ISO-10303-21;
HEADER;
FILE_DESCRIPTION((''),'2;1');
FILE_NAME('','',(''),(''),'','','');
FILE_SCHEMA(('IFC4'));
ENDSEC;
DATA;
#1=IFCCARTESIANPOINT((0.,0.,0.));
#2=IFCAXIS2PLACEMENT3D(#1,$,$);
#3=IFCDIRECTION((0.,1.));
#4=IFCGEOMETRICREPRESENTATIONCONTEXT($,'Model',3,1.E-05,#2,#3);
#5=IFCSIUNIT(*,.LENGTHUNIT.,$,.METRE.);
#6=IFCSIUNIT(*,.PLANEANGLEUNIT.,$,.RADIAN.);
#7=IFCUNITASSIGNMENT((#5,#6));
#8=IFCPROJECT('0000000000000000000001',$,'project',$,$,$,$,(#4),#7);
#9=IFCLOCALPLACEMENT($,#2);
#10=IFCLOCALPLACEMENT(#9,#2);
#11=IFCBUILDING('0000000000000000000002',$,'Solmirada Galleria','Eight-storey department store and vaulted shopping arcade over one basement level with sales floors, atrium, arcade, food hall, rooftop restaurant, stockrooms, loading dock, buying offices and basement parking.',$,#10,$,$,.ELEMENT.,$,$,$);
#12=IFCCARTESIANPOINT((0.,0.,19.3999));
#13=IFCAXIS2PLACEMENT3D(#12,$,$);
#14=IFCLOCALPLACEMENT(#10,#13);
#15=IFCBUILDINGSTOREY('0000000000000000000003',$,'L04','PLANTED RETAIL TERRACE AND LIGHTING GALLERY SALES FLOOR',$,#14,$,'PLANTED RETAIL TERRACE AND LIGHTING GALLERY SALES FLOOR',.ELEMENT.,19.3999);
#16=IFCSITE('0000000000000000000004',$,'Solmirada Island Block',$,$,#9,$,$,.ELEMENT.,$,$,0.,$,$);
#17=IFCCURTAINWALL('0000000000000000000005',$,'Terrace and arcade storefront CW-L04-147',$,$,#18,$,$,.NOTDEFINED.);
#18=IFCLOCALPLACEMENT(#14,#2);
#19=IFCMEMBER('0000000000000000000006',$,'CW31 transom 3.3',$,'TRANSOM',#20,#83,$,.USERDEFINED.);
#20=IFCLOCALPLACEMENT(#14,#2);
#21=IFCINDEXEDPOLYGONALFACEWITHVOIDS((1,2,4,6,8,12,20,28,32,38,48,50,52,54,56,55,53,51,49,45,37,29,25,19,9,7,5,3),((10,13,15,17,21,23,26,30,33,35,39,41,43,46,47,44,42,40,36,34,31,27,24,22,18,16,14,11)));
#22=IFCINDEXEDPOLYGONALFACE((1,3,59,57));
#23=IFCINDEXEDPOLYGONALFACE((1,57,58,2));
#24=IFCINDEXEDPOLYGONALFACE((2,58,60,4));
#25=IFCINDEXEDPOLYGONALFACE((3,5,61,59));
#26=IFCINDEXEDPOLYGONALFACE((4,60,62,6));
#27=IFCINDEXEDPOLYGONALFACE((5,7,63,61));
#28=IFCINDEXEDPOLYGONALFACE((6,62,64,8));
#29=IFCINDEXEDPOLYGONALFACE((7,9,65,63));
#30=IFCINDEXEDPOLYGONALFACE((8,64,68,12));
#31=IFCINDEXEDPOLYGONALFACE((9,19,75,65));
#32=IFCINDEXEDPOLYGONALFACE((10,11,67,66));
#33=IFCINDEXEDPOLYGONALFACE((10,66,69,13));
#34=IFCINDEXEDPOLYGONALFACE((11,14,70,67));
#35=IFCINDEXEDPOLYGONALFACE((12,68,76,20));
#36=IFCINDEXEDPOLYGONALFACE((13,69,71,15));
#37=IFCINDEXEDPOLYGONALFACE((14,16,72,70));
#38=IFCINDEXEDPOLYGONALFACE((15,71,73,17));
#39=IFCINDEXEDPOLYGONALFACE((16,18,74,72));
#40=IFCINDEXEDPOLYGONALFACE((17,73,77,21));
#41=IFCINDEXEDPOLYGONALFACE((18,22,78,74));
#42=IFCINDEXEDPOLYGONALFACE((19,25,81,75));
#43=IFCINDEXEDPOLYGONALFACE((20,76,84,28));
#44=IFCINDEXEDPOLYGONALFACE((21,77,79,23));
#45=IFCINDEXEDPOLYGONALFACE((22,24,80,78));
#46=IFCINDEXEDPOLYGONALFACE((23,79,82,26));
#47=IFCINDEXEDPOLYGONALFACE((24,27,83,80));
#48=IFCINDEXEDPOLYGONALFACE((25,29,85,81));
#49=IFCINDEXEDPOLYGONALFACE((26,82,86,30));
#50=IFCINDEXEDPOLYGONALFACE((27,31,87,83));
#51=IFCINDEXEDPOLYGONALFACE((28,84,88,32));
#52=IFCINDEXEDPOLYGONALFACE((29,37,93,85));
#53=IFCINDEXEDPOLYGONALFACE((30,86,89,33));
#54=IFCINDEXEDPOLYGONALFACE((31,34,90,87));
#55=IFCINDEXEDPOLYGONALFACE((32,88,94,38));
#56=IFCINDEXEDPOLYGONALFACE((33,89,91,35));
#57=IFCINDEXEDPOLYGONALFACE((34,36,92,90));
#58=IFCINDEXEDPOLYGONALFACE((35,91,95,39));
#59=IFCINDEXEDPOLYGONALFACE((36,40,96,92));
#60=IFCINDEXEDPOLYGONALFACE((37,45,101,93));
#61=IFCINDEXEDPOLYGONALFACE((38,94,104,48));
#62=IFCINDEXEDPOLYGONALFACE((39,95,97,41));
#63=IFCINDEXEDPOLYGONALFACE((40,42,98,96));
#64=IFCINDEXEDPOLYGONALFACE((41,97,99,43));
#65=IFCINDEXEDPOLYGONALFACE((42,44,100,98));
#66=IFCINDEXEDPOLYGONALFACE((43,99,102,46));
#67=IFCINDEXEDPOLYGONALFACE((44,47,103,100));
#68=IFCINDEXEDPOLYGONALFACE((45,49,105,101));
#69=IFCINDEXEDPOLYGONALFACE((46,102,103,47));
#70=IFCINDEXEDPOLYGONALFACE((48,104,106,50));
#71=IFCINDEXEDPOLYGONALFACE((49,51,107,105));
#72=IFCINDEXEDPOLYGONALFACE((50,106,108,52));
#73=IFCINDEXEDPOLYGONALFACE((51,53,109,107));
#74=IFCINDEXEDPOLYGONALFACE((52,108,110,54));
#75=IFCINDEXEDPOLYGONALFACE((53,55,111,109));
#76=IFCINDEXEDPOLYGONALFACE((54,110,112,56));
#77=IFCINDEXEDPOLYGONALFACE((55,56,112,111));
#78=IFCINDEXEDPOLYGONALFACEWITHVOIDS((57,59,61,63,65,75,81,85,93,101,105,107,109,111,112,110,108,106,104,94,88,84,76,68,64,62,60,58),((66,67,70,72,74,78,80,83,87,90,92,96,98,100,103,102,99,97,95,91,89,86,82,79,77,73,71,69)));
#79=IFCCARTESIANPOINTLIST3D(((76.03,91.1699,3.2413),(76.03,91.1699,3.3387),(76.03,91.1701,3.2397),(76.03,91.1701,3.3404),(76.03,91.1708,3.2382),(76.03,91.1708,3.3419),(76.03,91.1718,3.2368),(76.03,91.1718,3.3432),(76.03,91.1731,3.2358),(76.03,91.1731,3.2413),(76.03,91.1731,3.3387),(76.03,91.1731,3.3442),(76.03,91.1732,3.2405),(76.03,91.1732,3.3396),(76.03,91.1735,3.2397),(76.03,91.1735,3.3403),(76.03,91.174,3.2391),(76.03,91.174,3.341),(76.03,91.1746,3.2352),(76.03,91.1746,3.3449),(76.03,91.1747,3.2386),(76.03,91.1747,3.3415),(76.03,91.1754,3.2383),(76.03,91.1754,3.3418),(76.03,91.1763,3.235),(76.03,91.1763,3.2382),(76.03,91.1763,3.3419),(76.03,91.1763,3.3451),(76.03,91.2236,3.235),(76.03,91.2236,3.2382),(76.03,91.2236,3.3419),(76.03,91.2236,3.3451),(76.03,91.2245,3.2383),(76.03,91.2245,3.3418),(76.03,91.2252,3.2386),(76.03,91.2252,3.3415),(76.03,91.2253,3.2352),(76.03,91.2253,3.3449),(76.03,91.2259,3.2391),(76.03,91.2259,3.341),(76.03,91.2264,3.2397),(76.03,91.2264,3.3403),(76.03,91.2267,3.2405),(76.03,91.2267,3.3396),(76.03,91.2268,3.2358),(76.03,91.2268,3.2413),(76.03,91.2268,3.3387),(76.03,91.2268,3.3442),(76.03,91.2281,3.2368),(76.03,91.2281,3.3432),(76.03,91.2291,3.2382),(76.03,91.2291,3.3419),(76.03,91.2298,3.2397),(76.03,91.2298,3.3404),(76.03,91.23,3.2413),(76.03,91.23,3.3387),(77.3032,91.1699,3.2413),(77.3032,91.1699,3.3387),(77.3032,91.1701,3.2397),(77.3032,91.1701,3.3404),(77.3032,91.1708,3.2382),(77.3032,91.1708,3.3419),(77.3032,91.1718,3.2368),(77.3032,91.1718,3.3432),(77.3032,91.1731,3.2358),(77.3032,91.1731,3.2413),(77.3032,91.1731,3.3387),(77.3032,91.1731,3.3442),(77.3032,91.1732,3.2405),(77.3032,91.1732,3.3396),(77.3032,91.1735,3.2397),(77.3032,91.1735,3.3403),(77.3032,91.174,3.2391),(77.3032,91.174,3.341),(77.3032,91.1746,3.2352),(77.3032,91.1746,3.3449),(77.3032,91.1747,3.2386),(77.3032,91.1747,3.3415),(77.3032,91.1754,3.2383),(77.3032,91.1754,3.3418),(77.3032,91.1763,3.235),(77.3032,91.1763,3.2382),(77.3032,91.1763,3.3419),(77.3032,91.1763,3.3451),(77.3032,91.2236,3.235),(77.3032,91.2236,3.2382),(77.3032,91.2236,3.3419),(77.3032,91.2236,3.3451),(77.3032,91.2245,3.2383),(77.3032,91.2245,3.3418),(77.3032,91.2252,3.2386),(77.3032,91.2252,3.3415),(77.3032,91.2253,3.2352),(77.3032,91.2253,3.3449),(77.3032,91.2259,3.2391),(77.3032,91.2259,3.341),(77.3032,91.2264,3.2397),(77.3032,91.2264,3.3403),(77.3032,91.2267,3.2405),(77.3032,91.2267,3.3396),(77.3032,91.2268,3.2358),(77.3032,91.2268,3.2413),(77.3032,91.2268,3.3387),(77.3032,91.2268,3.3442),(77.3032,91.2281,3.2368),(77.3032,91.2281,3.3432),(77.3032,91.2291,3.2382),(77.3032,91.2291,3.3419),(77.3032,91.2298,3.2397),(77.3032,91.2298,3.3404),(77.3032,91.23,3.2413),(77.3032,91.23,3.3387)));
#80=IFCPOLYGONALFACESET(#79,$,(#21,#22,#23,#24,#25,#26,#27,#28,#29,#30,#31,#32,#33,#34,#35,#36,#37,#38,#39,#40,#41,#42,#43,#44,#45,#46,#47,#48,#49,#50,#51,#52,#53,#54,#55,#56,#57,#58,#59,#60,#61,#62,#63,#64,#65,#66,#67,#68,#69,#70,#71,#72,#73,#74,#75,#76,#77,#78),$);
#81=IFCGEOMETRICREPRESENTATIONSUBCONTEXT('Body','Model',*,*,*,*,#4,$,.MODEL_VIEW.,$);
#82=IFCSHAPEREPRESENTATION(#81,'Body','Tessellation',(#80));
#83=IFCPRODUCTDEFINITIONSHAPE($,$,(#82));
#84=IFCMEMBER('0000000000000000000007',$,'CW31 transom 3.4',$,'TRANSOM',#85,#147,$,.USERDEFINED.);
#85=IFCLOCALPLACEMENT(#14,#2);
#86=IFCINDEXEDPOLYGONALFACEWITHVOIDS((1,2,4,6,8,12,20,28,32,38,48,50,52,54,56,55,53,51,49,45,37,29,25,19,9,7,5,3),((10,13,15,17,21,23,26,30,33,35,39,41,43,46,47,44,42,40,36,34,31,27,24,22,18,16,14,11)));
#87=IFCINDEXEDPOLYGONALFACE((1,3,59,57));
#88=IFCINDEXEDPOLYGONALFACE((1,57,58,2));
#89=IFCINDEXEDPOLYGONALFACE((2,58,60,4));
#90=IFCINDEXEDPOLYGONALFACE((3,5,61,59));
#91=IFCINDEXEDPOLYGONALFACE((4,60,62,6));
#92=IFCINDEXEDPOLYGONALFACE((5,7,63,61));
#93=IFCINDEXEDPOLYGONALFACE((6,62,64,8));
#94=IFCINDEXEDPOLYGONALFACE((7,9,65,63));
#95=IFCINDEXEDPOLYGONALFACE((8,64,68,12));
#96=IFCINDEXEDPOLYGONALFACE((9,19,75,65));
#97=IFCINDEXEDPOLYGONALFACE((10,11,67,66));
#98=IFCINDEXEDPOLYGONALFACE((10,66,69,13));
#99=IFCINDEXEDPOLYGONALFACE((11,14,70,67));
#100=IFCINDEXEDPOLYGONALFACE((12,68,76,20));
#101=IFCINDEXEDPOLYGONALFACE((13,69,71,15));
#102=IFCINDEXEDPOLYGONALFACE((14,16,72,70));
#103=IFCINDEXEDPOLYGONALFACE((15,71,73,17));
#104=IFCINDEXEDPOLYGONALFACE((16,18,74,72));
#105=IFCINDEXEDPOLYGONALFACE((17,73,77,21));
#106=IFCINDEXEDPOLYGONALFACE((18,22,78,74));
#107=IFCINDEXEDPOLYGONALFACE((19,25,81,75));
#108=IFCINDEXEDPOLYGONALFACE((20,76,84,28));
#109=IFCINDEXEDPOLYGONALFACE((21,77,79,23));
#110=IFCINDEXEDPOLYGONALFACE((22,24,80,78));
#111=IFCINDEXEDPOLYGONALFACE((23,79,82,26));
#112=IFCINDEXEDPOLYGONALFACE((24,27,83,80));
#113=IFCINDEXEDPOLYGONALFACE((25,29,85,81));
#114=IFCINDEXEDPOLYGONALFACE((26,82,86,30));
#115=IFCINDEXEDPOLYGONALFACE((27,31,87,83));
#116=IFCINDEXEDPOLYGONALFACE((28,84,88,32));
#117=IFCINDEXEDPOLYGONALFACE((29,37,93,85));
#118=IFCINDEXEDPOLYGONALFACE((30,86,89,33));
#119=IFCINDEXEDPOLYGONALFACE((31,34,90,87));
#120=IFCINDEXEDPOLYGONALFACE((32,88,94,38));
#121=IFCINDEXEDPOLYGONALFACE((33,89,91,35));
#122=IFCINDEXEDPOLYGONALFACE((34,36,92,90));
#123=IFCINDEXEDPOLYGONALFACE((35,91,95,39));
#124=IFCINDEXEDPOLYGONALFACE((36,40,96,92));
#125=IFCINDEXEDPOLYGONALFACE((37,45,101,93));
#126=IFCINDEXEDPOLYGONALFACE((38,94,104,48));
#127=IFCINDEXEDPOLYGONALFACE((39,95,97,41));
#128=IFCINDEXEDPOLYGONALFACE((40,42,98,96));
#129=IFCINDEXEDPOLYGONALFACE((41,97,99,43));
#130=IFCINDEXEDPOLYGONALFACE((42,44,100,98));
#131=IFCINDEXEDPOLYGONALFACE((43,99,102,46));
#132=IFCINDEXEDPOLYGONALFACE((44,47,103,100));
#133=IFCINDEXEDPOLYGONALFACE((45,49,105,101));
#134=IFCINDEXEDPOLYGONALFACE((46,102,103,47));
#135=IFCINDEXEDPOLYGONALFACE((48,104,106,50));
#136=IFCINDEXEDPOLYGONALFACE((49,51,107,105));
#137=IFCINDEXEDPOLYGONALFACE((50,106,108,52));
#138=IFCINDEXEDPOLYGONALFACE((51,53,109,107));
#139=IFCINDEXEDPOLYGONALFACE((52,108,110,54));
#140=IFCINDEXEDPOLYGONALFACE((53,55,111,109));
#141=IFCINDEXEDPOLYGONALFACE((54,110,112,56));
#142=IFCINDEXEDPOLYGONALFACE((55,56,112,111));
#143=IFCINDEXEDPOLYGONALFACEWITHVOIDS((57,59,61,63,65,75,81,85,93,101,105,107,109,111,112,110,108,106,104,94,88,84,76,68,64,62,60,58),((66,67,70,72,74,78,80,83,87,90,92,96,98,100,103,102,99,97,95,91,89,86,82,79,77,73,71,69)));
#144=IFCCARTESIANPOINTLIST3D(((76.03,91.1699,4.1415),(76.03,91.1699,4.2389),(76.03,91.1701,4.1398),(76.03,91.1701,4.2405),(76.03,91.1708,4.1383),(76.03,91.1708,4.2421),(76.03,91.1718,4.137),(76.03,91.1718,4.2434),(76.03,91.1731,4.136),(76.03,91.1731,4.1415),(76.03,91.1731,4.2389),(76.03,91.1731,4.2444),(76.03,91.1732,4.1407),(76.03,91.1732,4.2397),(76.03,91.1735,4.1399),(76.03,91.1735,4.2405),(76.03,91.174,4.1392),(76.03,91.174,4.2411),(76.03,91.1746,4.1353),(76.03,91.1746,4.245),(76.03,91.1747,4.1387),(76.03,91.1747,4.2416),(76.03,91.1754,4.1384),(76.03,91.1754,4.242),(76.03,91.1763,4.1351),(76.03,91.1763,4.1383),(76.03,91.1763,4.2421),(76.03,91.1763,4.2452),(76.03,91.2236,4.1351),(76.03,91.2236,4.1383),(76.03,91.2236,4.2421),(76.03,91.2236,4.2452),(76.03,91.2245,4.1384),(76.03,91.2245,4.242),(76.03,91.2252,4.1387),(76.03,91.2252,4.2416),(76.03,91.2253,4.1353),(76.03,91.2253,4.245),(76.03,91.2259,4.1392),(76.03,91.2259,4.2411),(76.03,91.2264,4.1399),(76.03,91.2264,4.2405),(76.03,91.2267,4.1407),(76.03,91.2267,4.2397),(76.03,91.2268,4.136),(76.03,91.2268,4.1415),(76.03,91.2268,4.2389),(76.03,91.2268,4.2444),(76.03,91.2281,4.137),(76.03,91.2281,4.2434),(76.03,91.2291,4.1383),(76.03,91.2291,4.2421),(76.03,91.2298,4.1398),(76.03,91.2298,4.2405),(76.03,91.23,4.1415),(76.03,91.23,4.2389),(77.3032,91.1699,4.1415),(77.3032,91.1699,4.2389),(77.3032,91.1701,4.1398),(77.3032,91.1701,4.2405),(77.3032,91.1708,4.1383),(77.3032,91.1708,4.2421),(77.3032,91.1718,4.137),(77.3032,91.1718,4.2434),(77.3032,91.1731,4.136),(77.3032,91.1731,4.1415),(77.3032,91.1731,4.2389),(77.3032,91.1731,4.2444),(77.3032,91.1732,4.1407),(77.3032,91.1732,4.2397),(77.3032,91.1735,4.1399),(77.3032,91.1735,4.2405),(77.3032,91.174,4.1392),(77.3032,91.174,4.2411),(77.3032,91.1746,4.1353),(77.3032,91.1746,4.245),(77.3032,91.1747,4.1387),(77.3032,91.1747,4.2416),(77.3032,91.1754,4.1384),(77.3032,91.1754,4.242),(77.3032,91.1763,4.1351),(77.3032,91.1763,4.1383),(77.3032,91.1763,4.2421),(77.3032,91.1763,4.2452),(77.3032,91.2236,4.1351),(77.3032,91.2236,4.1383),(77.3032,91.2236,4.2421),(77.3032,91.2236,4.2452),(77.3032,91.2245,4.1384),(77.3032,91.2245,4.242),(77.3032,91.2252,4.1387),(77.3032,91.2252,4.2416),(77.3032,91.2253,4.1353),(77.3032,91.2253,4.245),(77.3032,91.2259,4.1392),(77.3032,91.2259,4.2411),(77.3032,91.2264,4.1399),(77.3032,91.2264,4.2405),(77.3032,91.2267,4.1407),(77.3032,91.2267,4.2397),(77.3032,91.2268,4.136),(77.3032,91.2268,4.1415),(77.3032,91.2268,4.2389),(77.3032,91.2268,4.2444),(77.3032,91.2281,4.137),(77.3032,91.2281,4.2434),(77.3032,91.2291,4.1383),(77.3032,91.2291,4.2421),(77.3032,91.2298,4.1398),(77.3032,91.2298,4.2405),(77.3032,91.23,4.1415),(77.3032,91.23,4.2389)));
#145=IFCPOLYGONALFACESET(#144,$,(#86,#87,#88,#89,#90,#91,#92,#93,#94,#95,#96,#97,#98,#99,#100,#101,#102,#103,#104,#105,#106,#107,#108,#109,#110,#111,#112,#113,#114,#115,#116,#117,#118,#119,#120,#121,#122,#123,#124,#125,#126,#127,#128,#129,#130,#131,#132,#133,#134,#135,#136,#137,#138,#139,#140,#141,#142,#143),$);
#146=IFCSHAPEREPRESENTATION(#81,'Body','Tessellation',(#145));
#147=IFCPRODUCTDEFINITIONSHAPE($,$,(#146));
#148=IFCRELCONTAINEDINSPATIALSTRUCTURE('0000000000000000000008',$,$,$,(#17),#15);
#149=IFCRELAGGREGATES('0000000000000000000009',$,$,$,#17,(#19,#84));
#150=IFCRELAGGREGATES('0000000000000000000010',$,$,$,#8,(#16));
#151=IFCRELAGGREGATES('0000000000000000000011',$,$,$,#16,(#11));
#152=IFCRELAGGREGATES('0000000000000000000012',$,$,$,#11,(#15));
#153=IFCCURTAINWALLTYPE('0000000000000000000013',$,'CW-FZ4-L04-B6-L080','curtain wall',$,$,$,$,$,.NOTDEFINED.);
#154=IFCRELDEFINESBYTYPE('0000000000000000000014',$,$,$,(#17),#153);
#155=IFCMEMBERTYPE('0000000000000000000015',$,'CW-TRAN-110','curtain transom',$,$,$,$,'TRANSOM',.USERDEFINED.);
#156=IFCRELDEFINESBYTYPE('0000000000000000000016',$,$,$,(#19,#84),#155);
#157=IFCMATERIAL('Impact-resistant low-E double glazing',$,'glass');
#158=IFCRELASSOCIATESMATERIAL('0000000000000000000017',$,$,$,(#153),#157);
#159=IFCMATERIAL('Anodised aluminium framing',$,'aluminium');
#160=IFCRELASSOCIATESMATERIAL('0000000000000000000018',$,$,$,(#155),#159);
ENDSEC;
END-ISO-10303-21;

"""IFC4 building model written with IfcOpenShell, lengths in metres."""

from ifc_helpers import new_model, si_unit, direction, frame, origin, origin_2d, place, context, subcontext, project, spatial, hollow_rectangle, extrude, material, material_profile, profile_set, type_object, element, aggregate, save


model = new_model("IFC4")

# Units and contexts
model_context = context("Model", 3, precision=1e-05, world=origin(), true_north=direction((0.0, 1.0)))
body_context = subcontext(model_context, "Body", "Model", "MODEL_VIEW")
ifc_project = project(units=[si_unit("LENGTHUNIT", "METRE"), si_unit("PLANEANGLEUNIT", "RADIAN")], contexts=[model_context])

# Site, building, storey
site_placement = place(None, origin())
site = spatial("IfcSite", under=ifc_project, at=site_placement, Name="Solmirada Island Block", CompositionType="ELEMENT", RefElevation=0.0)
building_placement = place(site_placement, origin())
building = spatial("IfcBuilding", under=site, at=building_placement, Name="Solmirada Galleria", Description="Eight-storey department store and vaulted shopping arcade over one basement level with sales floors, atrium, arcade, food hall, rooftop restaurant, stockrooms, loading dock, buying offices and basement parking.", CompositionType="ELEMENT")
storey_placement = place(building_placement, frame((0.0, 0.0, 19.3999)))
storey = spatial("IfcBuildingStorey", under=building, at=storey_placement, Name="L04", Description="PLANTED RETAIL TERRACE AND LIGHTING GALLERY SALES FLOOR", LongName="PLANTED RETAIL TERRACE AND LIGHTING GALLERY SALES FLOOR", CompositionType="ELEMENT", Elevation=19.3999)

# Curtain wall, members
ifc_material_1 = material(Name="Impact-resistant low-E double glazing", Category="glass")
curtain_wall_type = type_object("IfcCurtainWallType", Name="CW-FZ4-L04-B6-L080", Description="curtain wall", PredefinedType="NOTDEFINED", material=ifc_material_1)
curtain_wall_placement = place(storey_placement, origin())
curtain_wall = element("IfcCurtainWall", 1, at=curtain_wall_placement, inside=storey, type_object=curtain_wall_type, Name="Terrace and arcade storefront CW-L04-147", PredefinedType="NOTDEFINED")
ifc_material_2 = material(Name="Anodised aluminium framing", Category="aluminium")
ifc_material_profile_1 = material_profile(ifc_material_2, hollow_rectangle(XDim=0.0601, YDim=0.1101, WallThickness=0.0032, InnerFilletRadius=0.0032, OuterFilletRadius=0.0063, at=origin_2d()), Name="ALU-TRAN-110X60")
ifc_profile_set_1 = profile_set([ifc_material_profile_1], Name="Anodised aluminium framing")
member_type_1 = type_object("IfcMemberType", Name="CW-TRAN-110", Description="curtain transom", ElementType="TRANSOM", PredefinedType="USERDEFINED", material=ifc_profile_set_1)
member_1_placement = place(storey_placement, frame((77.3032, 91.2, 3.29), z_axis=(-1.0, 0.0, 0.0), x_axis=(0.0, -1.0, 0.0)))
member_1 = element("IfcMember", 2, at=member_1_placement, type_object=member_type_1, Name="CW31 transom 3.3", ObjectType="TRANSOM", PredefinedType="USERDEFINED", context=body_context, shape_type="SweptSolid", body=[
    extrude(hollow_rectangle(XDim=0.0601, YDim=0.1101, WallThickness=0.0032, InnerFilletRadius=0.0032, OuterFilletRadius=0.0063, at=origin_2d()), origin(), (0.0, 0.0, 1.0), 1.2732),
])
member_2_placement = place(storey_placement, frame((77.3032, 91.2, 4.1902), z_axis=(-1.0, 0.0, 0.0), x_axis=(0.0, -1.0, 0.0)))
member_2 = element("IfcMember", 3, at=member_2_placement, type_object=member_type_1, Name="CW31 transom 3.4", ObjectType="TRANSOM", PredefinedType="USERDEFINED", context=body_context, shape_type="SweptSolid", body=[
    extrude(hollow_rectangle(XDim=0.0601, YDim=0.1101, WallThickness=0.0032, InnerFilletRadius=0.0032, OuterFilletRadius=0.0063, at=origin_2d()), origin(), (0.0, 0.0, 1.0), 1.2732),
])
aggregate(curtain_wall, [member_1, member_2])

save(model, "model.ifc")
